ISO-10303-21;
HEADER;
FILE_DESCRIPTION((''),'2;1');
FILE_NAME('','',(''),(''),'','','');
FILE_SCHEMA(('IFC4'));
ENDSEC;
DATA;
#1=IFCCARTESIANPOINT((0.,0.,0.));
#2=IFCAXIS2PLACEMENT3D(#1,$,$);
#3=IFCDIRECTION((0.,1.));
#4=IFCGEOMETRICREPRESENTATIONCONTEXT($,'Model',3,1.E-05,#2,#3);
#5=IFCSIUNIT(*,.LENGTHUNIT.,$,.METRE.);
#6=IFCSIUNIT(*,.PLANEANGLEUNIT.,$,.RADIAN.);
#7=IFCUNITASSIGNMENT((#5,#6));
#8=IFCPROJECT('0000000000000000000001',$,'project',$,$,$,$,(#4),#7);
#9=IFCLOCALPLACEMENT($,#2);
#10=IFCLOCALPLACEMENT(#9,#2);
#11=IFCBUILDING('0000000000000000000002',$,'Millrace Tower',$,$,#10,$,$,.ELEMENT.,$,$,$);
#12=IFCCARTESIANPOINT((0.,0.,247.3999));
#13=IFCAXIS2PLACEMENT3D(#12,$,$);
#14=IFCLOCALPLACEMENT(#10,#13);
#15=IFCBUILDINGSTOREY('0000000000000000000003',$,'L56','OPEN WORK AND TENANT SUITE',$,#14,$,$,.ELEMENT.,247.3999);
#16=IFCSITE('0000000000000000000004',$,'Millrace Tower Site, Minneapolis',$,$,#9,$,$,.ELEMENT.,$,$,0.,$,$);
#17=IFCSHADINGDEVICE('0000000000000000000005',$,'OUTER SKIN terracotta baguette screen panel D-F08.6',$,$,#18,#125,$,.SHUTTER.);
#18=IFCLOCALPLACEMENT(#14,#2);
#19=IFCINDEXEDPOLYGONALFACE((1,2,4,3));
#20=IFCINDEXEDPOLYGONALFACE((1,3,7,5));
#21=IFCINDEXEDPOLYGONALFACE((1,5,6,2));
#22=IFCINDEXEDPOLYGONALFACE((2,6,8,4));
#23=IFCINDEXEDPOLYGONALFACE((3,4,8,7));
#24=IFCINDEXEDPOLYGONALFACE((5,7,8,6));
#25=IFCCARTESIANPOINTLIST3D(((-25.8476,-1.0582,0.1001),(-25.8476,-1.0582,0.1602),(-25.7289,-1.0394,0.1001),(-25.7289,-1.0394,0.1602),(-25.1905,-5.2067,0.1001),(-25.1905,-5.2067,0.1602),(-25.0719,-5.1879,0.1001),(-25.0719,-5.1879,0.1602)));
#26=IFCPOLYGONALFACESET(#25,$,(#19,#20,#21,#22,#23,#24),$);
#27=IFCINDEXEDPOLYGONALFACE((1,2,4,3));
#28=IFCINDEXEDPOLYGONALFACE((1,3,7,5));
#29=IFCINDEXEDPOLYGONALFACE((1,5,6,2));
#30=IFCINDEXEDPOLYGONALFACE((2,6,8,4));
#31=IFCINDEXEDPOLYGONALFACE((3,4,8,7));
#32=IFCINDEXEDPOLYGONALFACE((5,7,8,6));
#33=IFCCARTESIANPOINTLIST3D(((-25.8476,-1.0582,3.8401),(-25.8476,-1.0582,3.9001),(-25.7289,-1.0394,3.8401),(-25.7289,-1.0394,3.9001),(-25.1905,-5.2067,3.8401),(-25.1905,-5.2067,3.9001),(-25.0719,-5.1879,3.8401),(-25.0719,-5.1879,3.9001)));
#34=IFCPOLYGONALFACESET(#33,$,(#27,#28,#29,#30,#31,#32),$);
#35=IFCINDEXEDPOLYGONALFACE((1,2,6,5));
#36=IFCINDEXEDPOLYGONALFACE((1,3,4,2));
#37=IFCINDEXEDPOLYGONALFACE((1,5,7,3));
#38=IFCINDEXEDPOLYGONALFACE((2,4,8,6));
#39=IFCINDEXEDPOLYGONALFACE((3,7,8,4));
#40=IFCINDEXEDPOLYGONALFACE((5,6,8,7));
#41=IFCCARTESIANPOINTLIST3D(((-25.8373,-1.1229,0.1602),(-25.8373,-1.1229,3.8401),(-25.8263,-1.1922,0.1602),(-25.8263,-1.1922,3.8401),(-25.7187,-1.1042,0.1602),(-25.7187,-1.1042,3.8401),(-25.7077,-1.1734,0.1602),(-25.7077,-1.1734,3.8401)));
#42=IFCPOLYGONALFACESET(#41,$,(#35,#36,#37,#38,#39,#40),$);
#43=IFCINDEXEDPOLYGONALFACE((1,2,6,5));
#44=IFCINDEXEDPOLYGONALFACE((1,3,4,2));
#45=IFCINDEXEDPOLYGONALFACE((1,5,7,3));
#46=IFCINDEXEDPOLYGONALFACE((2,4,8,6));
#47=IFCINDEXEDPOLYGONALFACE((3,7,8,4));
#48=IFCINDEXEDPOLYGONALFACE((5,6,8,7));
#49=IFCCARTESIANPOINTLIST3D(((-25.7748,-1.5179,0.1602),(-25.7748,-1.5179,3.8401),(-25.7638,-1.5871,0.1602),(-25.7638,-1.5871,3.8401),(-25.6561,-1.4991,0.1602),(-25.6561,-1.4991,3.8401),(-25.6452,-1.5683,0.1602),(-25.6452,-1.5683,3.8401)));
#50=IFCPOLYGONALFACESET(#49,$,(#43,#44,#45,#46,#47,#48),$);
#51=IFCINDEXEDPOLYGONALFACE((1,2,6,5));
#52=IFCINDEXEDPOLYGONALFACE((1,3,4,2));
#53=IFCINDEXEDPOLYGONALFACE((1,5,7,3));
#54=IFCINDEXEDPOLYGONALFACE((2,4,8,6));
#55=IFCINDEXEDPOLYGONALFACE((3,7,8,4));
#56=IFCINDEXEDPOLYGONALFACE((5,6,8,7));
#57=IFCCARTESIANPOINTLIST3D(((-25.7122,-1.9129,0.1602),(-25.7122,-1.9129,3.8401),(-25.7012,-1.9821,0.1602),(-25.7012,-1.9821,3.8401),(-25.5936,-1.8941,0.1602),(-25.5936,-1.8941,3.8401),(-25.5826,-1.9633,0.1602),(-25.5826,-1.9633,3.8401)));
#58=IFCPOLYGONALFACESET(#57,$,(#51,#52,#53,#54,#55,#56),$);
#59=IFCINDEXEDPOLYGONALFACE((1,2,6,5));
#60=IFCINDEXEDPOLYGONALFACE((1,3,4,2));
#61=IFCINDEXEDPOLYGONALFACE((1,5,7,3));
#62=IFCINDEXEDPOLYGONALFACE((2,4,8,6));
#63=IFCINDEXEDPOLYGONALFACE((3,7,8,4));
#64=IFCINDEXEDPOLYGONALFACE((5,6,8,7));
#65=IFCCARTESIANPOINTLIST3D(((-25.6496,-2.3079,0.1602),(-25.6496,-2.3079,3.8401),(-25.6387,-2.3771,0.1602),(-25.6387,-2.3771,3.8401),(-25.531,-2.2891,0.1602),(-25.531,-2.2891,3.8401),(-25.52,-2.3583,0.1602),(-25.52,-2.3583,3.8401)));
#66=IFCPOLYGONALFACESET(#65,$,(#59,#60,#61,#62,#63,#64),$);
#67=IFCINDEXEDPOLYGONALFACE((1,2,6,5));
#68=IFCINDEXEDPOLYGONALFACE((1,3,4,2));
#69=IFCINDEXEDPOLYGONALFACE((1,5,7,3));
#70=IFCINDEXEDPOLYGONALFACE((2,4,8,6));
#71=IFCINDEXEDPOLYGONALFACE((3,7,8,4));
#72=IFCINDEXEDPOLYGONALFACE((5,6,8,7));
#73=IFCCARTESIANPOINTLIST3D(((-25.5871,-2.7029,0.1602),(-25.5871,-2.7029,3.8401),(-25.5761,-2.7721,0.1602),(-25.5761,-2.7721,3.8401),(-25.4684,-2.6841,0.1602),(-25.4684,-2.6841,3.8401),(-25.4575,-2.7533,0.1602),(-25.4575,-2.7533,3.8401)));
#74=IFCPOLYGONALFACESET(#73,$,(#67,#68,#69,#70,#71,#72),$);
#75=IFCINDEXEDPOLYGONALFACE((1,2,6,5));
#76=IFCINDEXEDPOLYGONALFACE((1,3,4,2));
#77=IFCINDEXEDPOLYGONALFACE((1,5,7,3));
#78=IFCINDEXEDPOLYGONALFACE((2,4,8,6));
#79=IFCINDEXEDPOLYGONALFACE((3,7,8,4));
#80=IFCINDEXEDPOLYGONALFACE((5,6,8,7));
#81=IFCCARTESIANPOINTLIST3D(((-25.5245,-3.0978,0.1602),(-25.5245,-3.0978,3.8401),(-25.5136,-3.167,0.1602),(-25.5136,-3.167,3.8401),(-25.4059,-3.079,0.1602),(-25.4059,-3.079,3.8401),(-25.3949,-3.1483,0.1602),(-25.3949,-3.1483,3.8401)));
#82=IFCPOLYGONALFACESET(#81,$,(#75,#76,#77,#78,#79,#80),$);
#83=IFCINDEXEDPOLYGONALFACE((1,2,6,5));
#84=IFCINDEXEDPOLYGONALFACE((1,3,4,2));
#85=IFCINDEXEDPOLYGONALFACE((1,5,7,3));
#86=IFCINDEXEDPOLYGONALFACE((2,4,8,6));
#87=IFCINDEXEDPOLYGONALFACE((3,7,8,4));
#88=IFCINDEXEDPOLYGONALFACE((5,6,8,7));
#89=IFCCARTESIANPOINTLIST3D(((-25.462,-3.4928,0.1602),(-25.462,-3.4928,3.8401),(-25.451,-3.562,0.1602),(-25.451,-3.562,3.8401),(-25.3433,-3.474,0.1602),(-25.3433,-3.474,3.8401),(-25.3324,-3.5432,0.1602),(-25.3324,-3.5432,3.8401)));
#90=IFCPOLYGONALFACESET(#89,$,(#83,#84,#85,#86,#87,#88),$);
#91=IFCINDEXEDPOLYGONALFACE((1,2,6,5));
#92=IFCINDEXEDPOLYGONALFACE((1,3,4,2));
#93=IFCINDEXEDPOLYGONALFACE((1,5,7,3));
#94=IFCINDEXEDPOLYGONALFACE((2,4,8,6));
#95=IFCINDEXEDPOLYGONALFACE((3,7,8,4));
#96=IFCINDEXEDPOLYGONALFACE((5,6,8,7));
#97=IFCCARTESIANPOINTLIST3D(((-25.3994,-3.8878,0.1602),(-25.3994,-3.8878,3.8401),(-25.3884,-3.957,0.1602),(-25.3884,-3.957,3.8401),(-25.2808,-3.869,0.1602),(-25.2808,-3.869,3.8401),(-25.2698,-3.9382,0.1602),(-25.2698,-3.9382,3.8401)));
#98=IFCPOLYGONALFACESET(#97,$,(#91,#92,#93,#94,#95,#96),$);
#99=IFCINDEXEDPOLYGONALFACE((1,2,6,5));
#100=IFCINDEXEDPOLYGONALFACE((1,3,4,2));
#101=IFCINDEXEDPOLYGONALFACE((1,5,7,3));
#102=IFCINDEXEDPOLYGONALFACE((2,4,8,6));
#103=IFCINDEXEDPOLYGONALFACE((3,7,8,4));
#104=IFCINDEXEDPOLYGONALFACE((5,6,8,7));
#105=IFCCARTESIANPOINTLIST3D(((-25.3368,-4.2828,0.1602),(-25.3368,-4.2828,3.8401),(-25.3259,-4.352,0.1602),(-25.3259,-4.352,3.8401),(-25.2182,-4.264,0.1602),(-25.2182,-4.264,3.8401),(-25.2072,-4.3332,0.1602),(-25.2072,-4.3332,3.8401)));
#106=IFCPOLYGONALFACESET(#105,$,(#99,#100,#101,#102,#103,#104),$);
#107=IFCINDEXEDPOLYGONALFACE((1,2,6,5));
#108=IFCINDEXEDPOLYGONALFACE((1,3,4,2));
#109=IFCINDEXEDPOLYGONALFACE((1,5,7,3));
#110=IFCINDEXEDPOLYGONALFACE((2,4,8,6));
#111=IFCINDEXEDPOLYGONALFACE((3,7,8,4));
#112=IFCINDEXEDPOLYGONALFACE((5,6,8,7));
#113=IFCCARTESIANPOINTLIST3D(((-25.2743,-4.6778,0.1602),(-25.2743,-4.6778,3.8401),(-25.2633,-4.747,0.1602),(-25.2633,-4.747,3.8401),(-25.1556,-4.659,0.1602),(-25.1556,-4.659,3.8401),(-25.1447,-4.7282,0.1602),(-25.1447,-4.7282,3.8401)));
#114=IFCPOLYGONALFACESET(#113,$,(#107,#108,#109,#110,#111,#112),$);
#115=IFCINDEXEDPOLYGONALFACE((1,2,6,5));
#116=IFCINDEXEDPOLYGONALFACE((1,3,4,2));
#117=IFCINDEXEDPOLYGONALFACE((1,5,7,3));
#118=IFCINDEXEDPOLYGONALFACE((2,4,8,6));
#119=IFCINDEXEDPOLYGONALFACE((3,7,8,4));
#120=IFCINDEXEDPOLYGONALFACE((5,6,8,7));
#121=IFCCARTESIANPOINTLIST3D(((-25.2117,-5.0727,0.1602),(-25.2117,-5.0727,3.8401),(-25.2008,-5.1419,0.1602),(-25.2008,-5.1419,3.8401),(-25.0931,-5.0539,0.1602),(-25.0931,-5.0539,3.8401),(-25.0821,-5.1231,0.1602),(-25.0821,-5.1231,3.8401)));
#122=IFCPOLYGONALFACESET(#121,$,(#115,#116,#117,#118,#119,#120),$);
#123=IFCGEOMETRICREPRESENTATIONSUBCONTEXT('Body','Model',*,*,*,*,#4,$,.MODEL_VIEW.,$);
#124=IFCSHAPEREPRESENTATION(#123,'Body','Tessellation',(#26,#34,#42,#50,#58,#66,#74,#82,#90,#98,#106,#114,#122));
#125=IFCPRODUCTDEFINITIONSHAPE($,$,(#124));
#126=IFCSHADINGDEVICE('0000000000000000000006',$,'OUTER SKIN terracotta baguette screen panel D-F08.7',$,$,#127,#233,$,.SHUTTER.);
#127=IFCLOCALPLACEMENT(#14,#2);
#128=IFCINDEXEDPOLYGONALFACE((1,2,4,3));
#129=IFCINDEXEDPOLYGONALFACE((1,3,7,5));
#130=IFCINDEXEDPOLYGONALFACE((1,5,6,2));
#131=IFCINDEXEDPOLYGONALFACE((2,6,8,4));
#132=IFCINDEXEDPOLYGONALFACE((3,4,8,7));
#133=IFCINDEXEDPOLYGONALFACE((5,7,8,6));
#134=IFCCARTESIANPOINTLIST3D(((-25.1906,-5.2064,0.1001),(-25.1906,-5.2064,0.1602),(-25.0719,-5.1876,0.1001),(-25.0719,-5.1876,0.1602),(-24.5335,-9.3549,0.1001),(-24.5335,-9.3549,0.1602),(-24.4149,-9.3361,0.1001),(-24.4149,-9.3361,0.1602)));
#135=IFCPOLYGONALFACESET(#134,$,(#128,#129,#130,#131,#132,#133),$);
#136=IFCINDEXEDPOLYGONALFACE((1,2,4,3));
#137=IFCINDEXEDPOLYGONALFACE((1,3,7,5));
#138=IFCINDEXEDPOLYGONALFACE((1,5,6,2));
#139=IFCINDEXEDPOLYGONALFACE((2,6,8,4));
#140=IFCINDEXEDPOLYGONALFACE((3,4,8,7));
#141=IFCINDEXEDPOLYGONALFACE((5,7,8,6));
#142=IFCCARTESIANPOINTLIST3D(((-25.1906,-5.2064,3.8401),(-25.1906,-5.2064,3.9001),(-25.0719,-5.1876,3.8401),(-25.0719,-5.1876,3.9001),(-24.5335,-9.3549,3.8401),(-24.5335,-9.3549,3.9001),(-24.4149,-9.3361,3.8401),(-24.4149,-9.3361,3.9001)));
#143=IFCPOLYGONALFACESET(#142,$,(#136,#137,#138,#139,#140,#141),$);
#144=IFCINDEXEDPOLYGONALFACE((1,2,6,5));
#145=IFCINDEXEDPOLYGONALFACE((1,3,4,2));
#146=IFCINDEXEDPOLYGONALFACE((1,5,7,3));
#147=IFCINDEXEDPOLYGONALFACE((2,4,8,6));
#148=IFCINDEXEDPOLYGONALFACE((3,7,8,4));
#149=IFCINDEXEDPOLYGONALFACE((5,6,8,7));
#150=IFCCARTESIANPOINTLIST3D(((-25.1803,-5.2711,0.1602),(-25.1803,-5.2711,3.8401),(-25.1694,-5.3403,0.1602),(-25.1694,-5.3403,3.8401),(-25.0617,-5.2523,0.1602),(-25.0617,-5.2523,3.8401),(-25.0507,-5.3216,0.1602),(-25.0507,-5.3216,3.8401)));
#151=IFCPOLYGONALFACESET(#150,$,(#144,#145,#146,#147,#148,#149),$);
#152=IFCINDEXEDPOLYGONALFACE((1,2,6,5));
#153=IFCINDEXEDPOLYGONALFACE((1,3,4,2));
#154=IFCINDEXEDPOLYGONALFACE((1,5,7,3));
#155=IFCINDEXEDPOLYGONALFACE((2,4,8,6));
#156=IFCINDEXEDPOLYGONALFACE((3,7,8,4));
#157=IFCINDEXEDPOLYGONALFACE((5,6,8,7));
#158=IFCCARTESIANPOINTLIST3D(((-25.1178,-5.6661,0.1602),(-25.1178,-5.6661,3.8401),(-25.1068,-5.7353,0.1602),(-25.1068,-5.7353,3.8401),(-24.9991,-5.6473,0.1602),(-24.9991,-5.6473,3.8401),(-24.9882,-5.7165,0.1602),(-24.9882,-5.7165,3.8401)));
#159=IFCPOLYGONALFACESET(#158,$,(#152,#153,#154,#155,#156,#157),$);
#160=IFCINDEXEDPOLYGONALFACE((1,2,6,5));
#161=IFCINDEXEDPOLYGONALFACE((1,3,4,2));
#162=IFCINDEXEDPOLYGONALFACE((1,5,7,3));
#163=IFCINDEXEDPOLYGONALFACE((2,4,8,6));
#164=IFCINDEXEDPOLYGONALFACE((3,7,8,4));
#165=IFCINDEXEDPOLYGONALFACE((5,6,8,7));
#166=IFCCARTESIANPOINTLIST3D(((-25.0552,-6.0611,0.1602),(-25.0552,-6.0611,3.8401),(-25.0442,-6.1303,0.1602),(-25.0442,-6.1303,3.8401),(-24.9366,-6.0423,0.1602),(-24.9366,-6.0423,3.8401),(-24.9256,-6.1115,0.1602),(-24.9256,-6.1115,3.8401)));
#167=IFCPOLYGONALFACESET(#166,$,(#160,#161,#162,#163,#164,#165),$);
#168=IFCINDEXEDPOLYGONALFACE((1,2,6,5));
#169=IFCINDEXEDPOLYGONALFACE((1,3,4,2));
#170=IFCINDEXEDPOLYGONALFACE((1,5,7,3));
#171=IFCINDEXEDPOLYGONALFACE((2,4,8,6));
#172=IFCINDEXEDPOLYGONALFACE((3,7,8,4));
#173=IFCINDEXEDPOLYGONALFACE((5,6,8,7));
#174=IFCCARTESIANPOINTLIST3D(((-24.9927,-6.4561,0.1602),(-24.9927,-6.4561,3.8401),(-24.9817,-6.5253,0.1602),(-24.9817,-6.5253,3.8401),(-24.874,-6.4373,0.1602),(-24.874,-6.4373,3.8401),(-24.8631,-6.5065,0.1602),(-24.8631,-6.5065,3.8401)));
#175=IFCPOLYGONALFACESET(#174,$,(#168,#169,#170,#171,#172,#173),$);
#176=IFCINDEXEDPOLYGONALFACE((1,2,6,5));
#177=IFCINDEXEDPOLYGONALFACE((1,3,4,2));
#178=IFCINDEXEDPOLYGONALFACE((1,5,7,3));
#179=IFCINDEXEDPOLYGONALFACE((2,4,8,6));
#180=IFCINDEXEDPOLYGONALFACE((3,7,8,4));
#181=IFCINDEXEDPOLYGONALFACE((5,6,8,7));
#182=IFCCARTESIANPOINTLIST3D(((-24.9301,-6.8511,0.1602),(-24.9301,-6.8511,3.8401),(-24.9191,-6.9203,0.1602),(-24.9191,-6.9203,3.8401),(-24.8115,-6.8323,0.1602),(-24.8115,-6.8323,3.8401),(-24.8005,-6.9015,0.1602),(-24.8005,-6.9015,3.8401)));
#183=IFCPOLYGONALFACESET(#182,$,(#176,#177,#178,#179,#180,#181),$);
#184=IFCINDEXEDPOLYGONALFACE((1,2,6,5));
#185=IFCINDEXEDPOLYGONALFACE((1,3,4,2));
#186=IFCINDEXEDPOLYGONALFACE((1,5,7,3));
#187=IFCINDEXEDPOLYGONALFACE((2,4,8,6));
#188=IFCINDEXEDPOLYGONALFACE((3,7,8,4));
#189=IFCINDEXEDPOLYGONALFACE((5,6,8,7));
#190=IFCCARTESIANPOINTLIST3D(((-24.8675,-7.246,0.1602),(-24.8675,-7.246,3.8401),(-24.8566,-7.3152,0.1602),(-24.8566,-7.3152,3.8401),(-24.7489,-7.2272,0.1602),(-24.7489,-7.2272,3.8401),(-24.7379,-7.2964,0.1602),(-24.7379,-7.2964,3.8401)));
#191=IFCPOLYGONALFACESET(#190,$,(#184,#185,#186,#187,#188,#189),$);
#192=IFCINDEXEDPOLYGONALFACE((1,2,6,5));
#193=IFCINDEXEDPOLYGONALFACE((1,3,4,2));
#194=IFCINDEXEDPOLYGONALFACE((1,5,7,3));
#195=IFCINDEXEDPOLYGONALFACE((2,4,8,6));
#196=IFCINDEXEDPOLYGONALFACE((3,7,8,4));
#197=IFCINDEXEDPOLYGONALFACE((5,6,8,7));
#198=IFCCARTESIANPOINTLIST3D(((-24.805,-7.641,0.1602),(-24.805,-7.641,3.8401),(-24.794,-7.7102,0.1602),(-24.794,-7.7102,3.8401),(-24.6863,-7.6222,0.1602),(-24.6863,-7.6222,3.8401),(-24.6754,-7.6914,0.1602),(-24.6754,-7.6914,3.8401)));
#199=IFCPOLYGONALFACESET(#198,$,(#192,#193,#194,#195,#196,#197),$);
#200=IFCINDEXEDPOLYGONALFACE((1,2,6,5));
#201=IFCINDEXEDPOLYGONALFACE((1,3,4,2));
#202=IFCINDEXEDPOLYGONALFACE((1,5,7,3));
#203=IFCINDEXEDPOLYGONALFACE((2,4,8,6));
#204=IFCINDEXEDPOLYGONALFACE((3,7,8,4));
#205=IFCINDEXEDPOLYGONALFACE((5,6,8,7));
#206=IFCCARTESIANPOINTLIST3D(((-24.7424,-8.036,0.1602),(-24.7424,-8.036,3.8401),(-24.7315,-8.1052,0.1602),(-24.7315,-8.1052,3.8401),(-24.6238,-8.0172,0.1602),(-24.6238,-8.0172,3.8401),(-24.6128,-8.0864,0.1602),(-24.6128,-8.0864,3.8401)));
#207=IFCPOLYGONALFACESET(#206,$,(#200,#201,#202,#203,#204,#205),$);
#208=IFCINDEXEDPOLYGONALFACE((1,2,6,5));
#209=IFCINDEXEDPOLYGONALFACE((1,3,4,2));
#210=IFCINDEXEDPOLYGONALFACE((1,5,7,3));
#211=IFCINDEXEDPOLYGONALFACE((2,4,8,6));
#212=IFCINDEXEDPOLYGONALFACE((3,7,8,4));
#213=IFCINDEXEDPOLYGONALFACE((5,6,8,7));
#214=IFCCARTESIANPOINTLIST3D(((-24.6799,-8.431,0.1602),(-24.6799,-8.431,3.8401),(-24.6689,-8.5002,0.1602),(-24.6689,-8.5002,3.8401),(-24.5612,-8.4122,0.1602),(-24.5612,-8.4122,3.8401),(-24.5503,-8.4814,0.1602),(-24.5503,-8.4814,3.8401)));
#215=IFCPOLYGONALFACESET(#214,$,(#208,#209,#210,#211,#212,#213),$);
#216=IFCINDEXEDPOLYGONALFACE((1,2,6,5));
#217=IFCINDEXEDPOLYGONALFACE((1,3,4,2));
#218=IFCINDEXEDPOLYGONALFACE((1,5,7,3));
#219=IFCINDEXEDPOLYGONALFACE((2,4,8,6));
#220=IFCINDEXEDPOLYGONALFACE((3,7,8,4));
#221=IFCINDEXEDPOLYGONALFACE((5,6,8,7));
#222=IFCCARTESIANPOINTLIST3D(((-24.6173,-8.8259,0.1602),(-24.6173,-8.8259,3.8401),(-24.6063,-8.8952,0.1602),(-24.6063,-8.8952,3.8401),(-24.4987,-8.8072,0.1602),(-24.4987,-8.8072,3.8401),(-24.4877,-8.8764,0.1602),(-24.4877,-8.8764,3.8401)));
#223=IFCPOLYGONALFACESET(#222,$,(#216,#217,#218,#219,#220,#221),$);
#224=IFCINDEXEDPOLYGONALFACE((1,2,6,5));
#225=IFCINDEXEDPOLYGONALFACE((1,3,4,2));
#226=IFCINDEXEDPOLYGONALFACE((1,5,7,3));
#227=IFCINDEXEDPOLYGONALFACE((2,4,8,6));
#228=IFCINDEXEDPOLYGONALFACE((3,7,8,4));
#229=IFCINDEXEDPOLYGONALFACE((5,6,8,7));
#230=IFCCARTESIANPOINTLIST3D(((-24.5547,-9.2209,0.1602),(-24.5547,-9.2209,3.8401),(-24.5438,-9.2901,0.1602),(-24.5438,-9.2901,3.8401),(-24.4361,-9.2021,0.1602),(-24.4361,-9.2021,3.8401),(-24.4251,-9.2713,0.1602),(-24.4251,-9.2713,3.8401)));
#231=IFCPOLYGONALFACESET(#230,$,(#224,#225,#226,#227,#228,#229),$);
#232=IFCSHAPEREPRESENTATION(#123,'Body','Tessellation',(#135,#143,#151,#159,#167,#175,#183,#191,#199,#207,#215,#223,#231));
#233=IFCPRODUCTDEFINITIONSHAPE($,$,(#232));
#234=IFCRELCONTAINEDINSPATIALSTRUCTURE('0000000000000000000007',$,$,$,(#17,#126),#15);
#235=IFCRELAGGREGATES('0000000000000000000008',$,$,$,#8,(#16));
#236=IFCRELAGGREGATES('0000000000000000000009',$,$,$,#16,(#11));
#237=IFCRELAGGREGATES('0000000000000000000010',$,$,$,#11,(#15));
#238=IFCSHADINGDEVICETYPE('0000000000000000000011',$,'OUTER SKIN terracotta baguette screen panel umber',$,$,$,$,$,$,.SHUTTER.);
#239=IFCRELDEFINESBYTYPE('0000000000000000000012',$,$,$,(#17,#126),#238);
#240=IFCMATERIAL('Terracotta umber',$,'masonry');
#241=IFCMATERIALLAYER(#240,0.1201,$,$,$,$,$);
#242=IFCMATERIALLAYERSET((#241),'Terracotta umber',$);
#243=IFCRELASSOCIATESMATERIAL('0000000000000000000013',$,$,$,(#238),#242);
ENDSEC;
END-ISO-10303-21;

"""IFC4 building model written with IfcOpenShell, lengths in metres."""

from ifc_helpers import new_model, entity, si_unit, direction, frame, frame_2d, origin, origin_2d, place, context, subcontext, project, spatial, rectangle, extrude, source, transform, mapped, material, layer, layer_set, type_object, element, save


model = new_model("IFC4")

# Units and contexts
model_context = context("Model", 3, precision=1e-05, world=origin(), true_north=direction((0.0, 1.0)))
body_context = subcontext(model_context, "Body", "Model", "MODEL_VIEW")
ifc_project = project(units=[si_unit("LENGTHUNIT", "METRE"), si_unit("PLANEANGLEUNIT", "RADIAN")], contexts=[model_context])

# Site, building, storey
site_placement = place(None, origin())
site = spatial("IfcSite", under=ifc_project, at=site_placement, Name="Millrace Tower Site, Minneapolis", CompositionType="ELEMENT", RefElevation=0.0)
building_placement = place(site_placement, origin())
building = spatial("IfcBuilding", under=site, at=building_placement, Name="Millrace Tower", CompositionType="ELEMENT")
storey_placement = place(building_placement, frame((0.0, 0.0, 247.3999)))
storey = spatial("IfcBuildingStorey", under=building, at=storey_placement, Name="L56", Description="OPEN WORK AND TENANT SUITE", CompositionType="ELEMENT", Elevation=247.3999)

# Shading devices
ifc_material_1 = material(Name="Terracotta umber", Category="masonry")
ifc_layer_1 = layer(ifc_material_1, 0.1201)
ifc_layer_set_1 = layer_set([ifc_layer_1], Name="Terracotta umber")
shading_device_type = type_object("IfcShadingDeviceType", Name="OUTER SKIN terracotta baguette screen panel umber", PredefinedType="SHUTTER", material=ifc_layer_set_1)
cartesian_point = entity("IfcCartesianPoint", [-2.1001, 0.0601])
shared_polyline = entity("IfcPolyline", [cartesian_point, entity("IfcCartesianPoint", [2.1001, 0.0601]), entity("IfcCartesianPoint", [2.1001, -0.0601]), entity("IfcCartesianPoint", [-2.1001, -0.0601]), cartesian_point])
shared_shape = source(origin(), body_context, "Body", "SweptSolid", [
    entity("IfcExtrudedAreaSolid", entity("IfcArbitraryClosedProfileDef", "AREA", None, shared_polyline), entity("IfcAxis2Placement3D", entity("IfcCartesianPoint", [0.0, 0.0, 0.0])), entity("IfcDirection", [0.0, 0.0, 1.0]), 0.0601),
    entity("IfcExtrudedAreaSolid", entity("IfcArbitraryClosedProfileDef", "AREA", None, shared_polyline), entity("IfcAxis2Placement3D", entity("IfcCartesianPoint", [0.0, 0.0, 3.74])), entity("IfcDirection", [0.0, 0.0, 1.0]), 0.0601),
    extrude(rectangle(XDim=0.0701, YDim=0.1201, at=frame_2d((-1.9995, 0.0))), frame((0.0, 0.0, 0.0601)), (0.0, 0.0, 1.0), 3.6799),
    extrude(rectangle(XDim=0.0701, YDim=0.1201, at=frame_2d((-1.5996, 0.0))), frame((0.0, 0.0, 0.0601)), (0.0, 0.0, 1.0), 3.6799),
    extrude(rectangle(XDim=0.0701, YDim=0.1201, at=frame_2d((-1.1997, 0.0))), frame((0.0, 0.0, 0.0601)), (0.0, 0.0, 1.0), 3.6799),
    extrude(rectangle(XDim=0.0701, YDim=0.1201, at=frame_2d((-0.7998, 0.0))), frame((0.0, 0.0, 0.0601)), (0.0, 0.0, 1.0), 3.6799),
    extrude(rectangle(XDim=0.0701, YDim=0.1201, at=frame_2d((-0.3999, 0.0))), frame((0.0, 0.0, 0.0601)), (0.0, 0.0, 1.0), 3.6799),
    extrude(rectangle(XDim=0.0701, YDim=0.1201, at=origin_2d()), frame((0.0, 0.0, 0.0601)), (0.0, 0.0, 1.0), 3.6799),
    extrude(rectangle(XDim=0.0701, YDim=0.1201, at=frame_2d((0.3999, 0.0))), frame((0.0, 0.0, 0.0601)), (0.0, 0.0, 1.0), 3.6799),
    extrude(rectangle(XDim=0.0701, YDim=0.1201, at=frame_2d((0.7998, 0.0))), frame((0.0, 0.0, 0.0601)), (0.0, 0.0, 1.0), 3.6799),
    extrude(rectangle(XDim=0.0701, YDim=0.1201, at=frame_2d((1.1997, 0.0))), frame((0.0, 0.0, 0.0601)), (0.0, 0.0, 1.0), 3.6799),
    extrude(rectangle(XDim=0.0701, YDim=0.1201, at=frame_2d((1.5996, 0.0))), frame((0.0, 0.0, 0.0601)), (0.0, 0.0, 1.0), 3.6799),
    extrude(rectangle(XDim=0.0701, YDim=0.1201, at=frame_2d((1.9995, 0.0))), frame((0.0, 0.0, 0.0601)), (0.0, 0.0, 1.0), 3.6799),
])
for number, where, z_axis, x_axis, name in (
    (1, (-25.4597, -3.123, 0.1001), (0.0, 0.0, 1.0), (0.156434, -0.987688, 0.0), "OUTER SKIN terracotta baguette screen panel D-F08.6"),
    (2, (-24.8027, -7.2712, 0.1001), (0.0, 0.0, 1.0), (0.156434, -0.987688, 0.0), "OUTER SKIN terracotta baguette screen panel D-F08.7"),
):
    element("IfcShadingDevice", number, at=place(storey_placement, frame(where, z_axis=z_axis, x_axis=x_axis)), inside=storey, type_object=shading_device_type, Name=name, PredefinedType="SHUTTER", context=body_context, shape_type="MappedRepresentation", body=[
        mapped(shared_shape, transform((0.0, 0.0, 0.0), scale=1.0)),
    ])

save(model, "model.ifc")
